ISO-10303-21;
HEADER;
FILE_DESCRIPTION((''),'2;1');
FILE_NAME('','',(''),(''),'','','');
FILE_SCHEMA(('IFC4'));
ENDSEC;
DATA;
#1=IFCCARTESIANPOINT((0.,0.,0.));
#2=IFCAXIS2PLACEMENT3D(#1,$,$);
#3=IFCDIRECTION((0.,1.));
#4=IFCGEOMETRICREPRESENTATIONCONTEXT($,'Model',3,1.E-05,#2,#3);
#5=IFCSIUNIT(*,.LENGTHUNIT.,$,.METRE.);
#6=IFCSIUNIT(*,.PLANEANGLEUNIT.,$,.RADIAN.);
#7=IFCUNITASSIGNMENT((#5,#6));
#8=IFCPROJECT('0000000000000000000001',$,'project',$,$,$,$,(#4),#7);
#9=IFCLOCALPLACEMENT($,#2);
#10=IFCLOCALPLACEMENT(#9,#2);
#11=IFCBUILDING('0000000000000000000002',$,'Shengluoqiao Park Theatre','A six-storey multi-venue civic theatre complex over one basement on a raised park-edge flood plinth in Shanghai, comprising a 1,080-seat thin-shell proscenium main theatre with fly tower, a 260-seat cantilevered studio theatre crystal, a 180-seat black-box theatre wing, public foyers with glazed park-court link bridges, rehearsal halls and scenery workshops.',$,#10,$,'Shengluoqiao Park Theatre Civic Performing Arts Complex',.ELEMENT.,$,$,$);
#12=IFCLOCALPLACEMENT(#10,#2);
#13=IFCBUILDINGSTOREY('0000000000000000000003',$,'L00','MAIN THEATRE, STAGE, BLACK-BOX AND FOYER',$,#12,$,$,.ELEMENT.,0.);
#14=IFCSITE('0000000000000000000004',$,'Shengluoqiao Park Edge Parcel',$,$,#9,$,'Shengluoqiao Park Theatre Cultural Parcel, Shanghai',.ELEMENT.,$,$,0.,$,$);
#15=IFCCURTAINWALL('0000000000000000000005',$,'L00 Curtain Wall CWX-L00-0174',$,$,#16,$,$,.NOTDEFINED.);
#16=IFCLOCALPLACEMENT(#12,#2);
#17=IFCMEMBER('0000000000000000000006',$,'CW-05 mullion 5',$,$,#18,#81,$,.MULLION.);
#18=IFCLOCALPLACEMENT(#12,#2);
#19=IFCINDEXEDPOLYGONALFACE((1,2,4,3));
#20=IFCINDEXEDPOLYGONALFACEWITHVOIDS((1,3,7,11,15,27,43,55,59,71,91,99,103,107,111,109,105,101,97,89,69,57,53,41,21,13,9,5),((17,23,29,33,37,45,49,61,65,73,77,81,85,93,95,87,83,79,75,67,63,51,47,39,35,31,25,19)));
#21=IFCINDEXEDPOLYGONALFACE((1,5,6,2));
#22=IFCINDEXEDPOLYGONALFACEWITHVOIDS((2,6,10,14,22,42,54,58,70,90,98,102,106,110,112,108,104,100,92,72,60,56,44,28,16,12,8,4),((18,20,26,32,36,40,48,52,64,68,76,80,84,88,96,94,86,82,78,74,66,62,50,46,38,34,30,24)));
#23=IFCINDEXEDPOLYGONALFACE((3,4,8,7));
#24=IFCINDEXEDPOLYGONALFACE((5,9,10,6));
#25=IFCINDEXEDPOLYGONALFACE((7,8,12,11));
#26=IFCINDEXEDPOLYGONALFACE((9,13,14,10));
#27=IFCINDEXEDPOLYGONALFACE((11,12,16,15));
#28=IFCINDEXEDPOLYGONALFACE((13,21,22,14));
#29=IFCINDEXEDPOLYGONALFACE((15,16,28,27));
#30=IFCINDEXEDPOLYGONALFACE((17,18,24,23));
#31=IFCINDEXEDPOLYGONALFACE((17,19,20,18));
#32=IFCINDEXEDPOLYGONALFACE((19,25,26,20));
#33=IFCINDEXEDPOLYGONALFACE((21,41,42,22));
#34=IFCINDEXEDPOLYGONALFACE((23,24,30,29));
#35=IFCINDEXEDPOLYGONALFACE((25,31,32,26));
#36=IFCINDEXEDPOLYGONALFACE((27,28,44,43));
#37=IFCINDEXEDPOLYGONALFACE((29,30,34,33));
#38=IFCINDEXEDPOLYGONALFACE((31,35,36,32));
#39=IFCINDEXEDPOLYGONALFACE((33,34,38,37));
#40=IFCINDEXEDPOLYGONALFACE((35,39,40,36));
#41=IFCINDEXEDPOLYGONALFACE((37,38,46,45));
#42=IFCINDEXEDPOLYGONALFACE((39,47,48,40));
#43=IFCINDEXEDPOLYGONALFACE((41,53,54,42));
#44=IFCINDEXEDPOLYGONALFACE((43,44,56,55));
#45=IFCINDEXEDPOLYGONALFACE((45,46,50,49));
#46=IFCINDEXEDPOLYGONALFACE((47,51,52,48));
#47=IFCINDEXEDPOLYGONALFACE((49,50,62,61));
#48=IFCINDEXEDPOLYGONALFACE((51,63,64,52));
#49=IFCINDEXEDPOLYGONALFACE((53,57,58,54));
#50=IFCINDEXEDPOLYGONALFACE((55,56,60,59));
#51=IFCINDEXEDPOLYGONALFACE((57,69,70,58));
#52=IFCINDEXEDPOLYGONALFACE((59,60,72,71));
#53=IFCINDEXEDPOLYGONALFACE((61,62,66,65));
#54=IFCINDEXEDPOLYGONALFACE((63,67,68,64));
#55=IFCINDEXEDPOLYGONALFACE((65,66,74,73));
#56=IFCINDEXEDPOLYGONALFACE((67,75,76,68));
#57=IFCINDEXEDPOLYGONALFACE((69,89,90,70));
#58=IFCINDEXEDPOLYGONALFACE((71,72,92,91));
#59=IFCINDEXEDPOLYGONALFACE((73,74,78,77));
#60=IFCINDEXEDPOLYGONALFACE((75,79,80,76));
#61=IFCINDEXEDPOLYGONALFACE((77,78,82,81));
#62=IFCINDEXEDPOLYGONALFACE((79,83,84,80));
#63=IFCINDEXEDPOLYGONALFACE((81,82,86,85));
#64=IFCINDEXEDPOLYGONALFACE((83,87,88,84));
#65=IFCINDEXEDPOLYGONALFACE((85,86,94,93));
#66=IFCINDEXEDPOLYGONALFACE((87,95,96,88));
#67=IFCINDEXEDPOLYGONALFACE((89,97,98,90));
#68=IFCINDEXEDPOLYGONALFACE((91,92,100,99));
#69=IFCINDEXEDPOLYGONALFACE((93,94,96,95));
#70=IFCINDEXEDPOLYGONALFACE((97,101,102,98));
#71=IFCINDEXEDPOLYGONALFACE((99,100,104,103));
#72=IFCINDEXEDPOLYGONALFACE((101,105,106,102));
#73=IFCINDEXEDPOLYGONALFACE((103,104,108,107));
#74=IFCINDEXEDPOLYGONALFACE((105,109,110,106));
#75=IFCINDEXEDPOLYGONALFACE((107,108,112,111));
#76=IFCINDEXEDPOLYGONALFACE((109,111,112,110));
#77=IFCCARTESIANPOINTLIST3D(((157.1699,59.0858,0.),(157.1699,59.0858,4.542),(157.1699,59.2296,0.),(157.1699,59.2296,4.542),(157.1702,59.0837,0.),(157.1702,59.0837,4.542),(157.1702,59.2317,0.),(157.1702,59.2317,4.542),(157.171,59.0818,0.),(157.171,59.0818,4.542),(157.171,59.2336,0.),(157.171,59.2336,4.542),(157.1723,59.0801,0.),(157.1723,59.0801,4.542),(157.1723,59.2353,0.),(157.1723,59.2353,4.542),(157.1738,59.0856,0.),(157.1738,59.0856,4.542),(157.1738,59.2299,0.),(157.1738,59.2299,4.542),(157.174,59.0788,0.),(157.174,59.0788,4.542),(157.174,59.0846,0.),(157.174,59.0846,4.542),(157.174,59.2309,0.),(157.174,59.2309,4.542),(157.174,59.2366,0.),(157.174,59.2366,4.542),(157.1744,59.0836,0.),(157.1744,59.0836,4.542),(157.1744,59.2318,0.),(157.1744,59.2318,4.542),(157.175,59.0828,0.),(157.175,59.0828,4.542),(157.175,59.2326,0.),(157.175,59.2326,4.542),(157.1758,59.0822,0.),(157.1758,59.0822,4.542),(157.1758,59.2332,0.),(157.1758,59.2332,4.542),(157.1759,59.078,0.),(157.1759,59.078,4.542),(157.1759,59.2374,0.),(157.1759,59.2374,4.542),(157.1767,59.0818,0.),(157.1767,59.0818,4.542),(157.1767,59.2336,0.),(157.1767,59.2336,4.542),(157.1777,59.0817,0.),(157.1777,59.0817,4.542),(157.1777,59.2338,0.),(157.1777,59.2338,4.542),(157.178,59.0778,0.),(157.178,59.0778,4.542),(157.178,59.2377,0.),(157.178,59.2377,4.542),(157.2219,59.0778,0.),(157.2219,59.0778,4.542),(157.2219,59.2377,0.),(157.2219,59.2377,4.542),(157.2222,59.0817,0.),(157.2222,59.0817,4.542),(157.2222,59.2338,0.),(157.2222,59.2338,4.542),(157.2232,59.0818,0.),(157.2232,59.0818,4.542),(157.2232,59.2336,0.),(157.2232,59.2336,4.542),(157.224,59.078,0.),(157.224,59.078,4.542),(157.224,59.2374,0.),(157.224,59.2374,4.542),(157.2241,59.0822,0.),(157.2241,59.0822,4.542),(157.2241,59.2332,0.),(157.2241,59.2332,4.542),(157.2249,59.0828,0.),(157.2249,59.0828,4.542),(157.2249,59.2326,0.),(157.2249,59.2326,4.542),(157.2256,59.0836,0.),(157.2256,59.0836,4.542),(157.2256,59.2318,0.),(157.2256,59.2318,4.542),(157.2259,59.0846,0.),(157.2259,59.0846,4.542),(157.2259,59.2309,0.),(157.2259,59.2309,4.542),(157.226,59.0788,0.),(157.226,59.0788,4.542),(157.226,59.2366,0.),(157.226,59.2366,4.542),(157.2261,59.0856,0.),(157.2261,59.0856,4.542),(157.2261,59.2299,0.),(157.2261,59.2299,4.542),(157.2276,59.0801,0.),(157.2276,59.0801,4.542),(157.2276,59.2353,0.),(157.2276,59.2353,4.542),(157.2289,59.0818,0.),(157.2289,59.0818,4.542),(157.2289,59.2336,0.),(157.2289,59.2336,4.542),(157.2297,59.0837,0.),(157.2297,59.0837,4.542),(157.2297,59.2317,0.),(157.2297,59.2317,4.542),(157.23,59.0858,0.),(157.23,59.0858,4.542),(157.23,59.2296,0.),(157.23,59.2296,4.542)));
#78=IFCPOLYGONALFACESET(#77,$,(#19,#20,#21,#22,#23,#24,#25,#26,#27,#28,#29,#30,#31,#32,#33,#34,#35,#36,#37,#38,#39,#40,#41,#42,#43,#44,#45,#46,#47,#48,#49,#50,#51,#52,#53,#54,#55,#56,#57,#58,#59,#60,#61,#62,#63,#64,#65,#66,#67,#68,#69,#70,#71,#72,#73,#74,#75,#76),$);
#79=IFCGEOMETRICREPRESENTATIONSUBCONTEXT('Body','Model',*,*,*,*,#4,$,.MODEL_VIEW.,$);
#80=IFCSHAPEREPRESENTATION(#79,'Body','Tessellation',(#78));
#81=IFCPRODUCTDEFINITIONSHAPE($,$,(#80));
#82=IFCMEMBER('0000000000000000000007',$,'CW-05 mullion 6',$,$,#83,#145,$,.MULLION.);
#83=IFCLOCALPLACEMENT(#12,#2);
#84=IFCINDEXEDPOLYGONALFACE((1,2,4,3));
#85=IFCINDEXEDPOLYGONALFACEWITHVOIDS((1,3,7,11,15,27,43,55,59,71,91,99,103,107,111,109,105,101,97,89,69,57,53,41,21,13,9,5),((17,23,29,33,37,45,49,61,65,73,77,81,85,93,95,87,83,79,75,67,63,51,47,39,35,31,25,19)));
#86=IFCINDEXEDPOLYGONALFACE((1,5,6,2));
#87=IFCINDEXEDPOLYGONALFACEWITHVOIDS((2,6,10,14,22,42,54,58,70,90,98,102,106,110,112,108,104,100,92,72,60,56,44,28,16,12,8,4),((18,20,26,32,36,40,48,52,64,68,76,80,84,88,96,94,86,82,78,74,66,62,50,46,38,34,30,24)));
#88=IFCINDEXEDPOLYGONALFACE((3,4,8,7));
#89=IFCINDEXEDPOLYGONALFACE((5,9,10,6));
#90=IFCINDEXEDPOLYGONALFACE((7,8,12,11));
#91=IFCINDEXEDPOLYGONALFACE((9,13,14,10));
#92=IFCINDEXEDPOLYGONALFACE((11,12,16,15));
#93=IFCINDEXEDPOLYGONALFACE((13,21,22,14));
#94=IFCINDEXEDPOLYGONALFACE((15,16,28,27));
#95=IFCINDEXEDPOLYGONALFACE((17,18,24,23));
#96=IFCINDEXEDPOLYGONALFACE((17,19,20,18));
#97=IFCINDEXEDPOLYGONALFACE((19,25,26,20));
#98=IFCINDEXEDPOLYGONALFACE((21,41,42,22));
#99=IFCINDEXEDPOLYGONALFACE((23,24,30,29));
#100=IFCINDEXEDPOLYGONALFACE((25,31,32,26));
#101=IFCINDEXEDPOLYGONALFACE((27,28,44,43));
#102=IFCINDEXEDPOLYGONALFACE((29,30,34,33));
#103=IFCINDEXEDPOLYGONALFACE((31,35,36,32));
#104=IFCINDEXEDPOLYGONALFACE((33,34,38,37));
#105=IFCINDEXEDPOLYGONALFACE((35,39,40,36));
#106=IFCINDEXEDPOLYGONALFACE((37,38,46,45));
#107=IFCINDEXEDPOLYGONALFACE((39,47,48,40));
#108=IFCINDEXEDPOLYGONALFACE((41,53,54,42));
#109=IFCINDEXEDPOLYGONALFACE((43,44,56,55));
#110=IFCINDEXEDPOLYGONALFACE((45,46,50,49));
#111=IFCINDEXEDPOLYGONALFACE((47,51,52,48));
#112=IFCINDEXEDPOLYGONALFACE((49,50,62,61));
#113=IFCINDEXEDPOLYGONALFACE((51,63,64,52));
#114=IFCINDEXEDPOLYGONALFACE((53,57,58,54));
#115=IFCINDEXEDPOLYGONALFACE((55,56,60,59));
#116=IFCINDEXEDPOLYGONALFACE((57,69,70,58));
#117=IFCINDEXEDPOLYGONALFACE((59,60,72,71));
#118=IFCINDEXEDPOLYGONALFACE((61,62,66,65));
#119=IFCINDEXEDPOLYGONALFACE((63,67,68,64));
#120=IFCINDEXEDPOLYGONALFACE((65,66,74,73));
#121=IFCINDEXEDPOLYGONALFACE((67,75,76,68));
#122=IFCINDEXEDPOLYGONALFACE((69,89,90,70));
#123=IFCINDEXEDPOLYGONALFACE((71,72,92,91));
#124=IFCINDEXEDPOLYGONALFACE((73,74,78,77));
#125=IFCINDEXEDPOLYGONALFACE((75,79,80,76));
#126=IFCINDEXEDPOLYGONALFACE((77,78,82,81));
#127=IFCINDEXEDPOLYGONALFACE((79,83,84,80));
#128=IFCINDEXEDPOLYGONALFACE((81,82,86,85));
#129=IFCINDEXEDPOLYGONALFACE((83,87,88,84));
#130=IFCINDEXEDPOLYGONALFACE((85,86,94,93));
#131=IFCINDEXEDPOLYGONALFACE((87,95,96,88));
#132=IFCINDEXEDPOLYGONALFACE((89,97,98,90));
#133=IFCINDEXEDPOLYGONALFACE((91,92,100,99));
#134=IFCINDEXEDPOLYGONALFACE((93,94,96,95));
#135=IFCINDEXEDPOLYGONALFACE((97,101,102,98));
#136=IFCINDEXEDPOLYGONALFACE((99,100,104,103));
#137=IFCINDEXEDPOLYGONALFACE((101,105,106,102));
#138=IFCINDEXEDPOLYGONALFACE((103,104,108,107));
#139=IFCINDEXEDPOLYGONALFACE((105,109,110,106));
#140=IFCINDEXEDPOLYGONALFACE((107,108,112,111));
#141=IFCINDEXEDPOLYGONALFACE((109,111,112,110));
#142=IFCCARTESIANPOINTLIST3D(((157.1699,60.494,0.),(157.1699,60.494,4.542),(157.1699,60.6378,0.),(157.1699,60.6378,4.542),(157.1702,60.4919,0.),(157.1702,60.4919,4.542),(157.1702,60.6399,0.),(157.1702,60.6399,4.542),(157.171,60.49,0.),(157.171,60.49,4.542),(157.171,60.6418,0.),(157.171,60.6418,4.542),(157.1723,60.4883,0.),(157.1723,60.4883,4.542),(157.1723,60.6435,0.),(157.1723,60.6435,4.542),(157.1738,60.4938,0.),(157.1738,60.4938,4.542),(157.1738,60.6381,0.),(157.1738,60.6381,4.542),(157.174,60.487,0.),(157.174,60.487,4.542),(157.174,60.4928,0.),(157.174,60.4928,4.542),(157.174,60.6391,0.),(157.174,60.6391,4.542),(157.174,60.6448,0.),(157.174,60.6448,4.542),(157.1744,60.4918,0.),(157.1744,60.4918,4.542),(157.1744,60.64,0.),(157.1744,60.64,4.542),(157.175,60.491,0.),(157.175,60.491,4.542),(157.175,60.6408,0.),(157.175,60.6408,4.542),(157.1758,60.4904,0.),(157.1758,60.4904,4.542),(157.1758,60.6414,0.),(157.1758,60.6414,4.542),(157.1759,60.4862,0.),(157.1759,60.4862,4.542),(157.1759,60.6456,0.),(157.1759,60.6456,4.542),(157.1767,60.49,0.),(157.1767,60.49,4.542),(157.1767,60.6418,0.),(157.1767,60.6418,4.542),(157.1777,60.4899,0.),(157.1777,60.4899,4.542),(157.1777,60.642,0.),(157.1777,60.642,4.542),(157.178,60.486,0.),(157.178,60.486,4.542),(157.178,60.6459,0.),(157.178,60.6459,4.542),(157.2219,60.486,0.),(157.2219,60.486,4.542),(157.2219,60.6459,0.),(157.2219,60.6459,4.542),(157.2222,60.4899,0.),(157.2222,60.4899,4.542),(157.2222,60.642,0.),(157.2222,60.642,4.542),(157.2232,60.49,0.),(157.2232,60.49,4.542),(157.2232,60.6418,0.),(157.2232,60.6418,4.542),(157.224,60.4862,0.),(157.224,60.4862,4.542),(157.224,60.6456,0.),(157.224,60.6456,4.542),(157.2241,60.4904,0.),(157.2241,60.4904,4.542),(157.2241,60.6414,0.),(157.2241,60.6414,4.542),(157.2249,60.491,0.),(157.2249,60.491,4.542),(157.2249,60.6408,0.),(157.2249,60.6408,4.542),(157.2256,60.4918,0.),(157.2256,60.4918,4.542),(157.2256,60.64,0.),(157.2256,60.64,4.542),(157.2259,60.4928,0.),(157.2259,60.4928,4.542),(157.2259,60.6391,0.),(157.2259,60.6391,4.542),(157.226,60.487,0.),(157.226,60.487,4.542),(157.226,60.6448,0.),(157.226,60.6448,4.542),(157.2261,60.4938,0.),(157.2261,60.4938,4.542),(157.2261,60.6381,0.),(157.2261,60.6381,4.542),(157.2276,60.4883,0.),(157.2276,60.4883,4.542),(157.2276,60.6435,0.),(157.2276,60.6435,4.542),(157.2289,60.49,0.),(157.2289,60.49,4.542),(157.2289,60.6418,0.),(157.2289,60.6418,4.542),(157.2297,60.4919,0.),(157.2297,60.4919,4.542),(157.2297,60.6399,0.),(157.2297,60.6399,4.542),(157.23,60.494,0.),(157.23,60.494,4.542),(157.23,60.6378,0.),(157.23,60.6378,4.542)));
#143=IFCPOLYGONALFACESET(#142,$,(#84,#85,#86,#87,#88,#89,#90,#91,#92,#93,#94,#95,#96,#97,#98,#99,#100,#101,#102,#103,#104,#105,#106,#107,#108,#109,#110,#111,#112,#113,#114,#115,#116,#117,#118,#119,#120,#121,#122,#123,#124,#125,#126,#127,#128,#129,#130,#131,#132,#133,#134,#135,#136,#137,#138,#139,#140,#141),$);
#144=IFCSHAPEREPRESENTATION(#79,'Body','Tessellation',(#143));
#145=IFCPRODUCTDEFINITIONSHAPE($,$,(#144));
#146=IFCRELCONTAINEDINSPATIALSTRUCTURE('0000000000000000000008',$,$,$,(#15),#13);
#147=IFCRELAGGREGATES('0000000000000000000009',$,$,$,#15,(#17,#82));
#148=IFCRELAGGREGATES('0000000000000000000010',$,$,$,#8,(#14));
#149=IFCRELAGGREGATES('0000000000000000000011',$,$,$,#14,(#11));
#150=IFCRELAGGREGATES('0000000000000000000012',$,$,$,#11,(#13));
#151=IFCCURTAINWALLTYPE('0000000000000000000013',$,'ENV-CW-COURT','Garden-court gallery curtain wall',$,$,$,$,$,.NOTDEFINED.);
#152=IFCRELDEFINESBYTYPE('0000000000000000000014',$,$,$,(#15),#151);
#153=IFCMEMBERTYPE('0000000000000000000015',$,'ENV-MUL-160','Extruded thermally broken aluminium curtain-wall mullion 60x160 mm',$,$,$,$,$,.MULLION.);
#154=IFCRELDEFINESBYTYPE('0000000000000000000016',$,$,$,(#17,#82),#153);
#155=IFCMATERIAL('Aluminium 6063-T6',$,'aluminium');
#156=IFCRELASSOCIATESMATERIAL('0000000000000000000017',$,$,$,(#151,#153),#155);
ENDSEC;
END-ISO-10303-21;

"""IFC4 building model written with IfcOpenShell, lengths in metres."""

from ifc_helpers import new_model, si_unit, direction, frame, origin, origin_2d, place, context, subcontext, project, spatial, hollow_rectangle, extrude, material, material_profile, profile_set, type_object, element, aggregate, save


model = new_model("IFC4")

# Units and contexts
model_context = context("Model", 3, precision=1e-05, world=origin(), true_north=direction((0.0, 1.0)))
body_context = subcontext(model_context, "Body", "Model", "MODEL_VIEW")
ifc_project = project(units=[si_unit("LENGTHUNIT", "METRE"), si_unit("PLANEANGLEUNIT", "RADIAN")], contexts=[model_context])

# Site, building, storey
site_placement = place(None, origin())
site = spatial("IfcSite", under=ifc_project, at=site_placement, Name="Shengluoqiao Park Edge Parcel", LongName="Shengluoqiao Park Theatre Cultural Parcel, Shanghai", CompositionType="ELEMENT", RefElevation=0.0)
building_placement = place(site_placement, origin())
building = spatial("IfcBuilding", under=site, at=building_placement, Name="Shengluoqiao Park Theatre", Description="A six-storey multi-venue civic theatre complex over one basement on a raised park-edge flood plinth in Shanghai, comprising a 1,080-seat thin-shell proscenium main theatre with fly tower, a 260-seat cantilevered studio theatre crystal, a 180-seat black-box theatre wing, public foyers with glazed park-court link bridges, rehearsal halls and scenery workshops.", LongName="Shengluoqiao Park Theatre Civic Performing Arts Complex", CompositionType="ELEMENT")
storey_placement = place(building_placement, origin())
storey = spatial("IfcBuildingStorey", under=building, at=storey_placement, Name="L00", Description="MAIN THEATRE, STAGE, BLACK-BOX AND FOYER", CompositionType="ELEMENT", Elevation=0.0)

# Curtain wall, members
ifc_material_1 = material(Name="Aluminium 6063-T6", Category="aluminium")
curtain_wall_type = type_object("IfcCurtainWallType", Name="ENV-CW-COURT", Description="Garden-court gallery curtain wall", PredefinedType="NOTDEFINED", material=ifc_material_1)
curtain_wall_placement = place(storey_placement, origin())
curtain_wall = element("IfcCurtainWall", 1, at=curtain_wall_placement, inside=storey, type_object=curtain_wall_type, Name="L00 Curtain Wall CWX-L00-0174", PredefinedType="NOTDEFINED")
ifc_material_profile_1 = material_profile(ifc_material_1, hollow_rectangle(XDim=0.0601, YDim=0.1599, WallThickness=0.0039, InnerFilletRadius=0.0039, OuterFilletRadius=0.0081, at=origin_2d()), Name="ALU MULLION 160x60x4")
ifc_profile_set_1 = profile_set([ifc_material_profile_1], Name="Aluminium 6063-T6")
member_type_1 = type_object("IfcMemberType", Name="ENV-MUL-160", Description="Extruded thermally broken aluminium curtain-wall mullion 60x160 mm", PredefinedType="MULLION", material=ifc_profile_set_1)
member_1_placement = place(storey_placement, frame((157.2, 59.1577, 0.0), z_axis=(0.0, 0.0, 1.0), x_axis=(-1.0, 0.0, 0.0)))
member_1 = element("IfcMember", 2, at=member_1_placement, type_object=member_type_1, Name="CW-05 mullion 5", PredefinedType="MULLION", context=body_context, shape_type="SweptSolid", body=[
    extrude(hollow_rectangle(XDim=0.0601, YDim=0.1599, WallThickness=0.0039, InnerFilletRadius=0.0039, OuterFilletRadius=0.0081, at=origin_2d()), origin(), (0.0, 0.0, 1.0), 4.542),
])
member_2_placement = place(storey_placement, frame((157.2, 60.5659, 0.0), z_axis=(0.0, 0.0, 1.0), x_axis=(-1.0, 0.0, 0.0)))
member_2 = element("IfcMember", 3, at=member_2_placement, type_object=member_type_1, Name="CW-05 mullion 6", PredefinedType="MULLION", context=body_context, shape_type="SweptSolid", body=[
    extrude(hollow_rectangle(XDim=0.0601, YDim=0.1599, WallThickness=0.0039, InnerFilletRadius=0.0039, OuterFilletRadius=0.0081, at=origin_2d()), origin(), (0.0, 0.0, 1.0), 4.542),
])
aggregate(curtain_wall, [member_1, member_2])

save(model, "model.ifc")
